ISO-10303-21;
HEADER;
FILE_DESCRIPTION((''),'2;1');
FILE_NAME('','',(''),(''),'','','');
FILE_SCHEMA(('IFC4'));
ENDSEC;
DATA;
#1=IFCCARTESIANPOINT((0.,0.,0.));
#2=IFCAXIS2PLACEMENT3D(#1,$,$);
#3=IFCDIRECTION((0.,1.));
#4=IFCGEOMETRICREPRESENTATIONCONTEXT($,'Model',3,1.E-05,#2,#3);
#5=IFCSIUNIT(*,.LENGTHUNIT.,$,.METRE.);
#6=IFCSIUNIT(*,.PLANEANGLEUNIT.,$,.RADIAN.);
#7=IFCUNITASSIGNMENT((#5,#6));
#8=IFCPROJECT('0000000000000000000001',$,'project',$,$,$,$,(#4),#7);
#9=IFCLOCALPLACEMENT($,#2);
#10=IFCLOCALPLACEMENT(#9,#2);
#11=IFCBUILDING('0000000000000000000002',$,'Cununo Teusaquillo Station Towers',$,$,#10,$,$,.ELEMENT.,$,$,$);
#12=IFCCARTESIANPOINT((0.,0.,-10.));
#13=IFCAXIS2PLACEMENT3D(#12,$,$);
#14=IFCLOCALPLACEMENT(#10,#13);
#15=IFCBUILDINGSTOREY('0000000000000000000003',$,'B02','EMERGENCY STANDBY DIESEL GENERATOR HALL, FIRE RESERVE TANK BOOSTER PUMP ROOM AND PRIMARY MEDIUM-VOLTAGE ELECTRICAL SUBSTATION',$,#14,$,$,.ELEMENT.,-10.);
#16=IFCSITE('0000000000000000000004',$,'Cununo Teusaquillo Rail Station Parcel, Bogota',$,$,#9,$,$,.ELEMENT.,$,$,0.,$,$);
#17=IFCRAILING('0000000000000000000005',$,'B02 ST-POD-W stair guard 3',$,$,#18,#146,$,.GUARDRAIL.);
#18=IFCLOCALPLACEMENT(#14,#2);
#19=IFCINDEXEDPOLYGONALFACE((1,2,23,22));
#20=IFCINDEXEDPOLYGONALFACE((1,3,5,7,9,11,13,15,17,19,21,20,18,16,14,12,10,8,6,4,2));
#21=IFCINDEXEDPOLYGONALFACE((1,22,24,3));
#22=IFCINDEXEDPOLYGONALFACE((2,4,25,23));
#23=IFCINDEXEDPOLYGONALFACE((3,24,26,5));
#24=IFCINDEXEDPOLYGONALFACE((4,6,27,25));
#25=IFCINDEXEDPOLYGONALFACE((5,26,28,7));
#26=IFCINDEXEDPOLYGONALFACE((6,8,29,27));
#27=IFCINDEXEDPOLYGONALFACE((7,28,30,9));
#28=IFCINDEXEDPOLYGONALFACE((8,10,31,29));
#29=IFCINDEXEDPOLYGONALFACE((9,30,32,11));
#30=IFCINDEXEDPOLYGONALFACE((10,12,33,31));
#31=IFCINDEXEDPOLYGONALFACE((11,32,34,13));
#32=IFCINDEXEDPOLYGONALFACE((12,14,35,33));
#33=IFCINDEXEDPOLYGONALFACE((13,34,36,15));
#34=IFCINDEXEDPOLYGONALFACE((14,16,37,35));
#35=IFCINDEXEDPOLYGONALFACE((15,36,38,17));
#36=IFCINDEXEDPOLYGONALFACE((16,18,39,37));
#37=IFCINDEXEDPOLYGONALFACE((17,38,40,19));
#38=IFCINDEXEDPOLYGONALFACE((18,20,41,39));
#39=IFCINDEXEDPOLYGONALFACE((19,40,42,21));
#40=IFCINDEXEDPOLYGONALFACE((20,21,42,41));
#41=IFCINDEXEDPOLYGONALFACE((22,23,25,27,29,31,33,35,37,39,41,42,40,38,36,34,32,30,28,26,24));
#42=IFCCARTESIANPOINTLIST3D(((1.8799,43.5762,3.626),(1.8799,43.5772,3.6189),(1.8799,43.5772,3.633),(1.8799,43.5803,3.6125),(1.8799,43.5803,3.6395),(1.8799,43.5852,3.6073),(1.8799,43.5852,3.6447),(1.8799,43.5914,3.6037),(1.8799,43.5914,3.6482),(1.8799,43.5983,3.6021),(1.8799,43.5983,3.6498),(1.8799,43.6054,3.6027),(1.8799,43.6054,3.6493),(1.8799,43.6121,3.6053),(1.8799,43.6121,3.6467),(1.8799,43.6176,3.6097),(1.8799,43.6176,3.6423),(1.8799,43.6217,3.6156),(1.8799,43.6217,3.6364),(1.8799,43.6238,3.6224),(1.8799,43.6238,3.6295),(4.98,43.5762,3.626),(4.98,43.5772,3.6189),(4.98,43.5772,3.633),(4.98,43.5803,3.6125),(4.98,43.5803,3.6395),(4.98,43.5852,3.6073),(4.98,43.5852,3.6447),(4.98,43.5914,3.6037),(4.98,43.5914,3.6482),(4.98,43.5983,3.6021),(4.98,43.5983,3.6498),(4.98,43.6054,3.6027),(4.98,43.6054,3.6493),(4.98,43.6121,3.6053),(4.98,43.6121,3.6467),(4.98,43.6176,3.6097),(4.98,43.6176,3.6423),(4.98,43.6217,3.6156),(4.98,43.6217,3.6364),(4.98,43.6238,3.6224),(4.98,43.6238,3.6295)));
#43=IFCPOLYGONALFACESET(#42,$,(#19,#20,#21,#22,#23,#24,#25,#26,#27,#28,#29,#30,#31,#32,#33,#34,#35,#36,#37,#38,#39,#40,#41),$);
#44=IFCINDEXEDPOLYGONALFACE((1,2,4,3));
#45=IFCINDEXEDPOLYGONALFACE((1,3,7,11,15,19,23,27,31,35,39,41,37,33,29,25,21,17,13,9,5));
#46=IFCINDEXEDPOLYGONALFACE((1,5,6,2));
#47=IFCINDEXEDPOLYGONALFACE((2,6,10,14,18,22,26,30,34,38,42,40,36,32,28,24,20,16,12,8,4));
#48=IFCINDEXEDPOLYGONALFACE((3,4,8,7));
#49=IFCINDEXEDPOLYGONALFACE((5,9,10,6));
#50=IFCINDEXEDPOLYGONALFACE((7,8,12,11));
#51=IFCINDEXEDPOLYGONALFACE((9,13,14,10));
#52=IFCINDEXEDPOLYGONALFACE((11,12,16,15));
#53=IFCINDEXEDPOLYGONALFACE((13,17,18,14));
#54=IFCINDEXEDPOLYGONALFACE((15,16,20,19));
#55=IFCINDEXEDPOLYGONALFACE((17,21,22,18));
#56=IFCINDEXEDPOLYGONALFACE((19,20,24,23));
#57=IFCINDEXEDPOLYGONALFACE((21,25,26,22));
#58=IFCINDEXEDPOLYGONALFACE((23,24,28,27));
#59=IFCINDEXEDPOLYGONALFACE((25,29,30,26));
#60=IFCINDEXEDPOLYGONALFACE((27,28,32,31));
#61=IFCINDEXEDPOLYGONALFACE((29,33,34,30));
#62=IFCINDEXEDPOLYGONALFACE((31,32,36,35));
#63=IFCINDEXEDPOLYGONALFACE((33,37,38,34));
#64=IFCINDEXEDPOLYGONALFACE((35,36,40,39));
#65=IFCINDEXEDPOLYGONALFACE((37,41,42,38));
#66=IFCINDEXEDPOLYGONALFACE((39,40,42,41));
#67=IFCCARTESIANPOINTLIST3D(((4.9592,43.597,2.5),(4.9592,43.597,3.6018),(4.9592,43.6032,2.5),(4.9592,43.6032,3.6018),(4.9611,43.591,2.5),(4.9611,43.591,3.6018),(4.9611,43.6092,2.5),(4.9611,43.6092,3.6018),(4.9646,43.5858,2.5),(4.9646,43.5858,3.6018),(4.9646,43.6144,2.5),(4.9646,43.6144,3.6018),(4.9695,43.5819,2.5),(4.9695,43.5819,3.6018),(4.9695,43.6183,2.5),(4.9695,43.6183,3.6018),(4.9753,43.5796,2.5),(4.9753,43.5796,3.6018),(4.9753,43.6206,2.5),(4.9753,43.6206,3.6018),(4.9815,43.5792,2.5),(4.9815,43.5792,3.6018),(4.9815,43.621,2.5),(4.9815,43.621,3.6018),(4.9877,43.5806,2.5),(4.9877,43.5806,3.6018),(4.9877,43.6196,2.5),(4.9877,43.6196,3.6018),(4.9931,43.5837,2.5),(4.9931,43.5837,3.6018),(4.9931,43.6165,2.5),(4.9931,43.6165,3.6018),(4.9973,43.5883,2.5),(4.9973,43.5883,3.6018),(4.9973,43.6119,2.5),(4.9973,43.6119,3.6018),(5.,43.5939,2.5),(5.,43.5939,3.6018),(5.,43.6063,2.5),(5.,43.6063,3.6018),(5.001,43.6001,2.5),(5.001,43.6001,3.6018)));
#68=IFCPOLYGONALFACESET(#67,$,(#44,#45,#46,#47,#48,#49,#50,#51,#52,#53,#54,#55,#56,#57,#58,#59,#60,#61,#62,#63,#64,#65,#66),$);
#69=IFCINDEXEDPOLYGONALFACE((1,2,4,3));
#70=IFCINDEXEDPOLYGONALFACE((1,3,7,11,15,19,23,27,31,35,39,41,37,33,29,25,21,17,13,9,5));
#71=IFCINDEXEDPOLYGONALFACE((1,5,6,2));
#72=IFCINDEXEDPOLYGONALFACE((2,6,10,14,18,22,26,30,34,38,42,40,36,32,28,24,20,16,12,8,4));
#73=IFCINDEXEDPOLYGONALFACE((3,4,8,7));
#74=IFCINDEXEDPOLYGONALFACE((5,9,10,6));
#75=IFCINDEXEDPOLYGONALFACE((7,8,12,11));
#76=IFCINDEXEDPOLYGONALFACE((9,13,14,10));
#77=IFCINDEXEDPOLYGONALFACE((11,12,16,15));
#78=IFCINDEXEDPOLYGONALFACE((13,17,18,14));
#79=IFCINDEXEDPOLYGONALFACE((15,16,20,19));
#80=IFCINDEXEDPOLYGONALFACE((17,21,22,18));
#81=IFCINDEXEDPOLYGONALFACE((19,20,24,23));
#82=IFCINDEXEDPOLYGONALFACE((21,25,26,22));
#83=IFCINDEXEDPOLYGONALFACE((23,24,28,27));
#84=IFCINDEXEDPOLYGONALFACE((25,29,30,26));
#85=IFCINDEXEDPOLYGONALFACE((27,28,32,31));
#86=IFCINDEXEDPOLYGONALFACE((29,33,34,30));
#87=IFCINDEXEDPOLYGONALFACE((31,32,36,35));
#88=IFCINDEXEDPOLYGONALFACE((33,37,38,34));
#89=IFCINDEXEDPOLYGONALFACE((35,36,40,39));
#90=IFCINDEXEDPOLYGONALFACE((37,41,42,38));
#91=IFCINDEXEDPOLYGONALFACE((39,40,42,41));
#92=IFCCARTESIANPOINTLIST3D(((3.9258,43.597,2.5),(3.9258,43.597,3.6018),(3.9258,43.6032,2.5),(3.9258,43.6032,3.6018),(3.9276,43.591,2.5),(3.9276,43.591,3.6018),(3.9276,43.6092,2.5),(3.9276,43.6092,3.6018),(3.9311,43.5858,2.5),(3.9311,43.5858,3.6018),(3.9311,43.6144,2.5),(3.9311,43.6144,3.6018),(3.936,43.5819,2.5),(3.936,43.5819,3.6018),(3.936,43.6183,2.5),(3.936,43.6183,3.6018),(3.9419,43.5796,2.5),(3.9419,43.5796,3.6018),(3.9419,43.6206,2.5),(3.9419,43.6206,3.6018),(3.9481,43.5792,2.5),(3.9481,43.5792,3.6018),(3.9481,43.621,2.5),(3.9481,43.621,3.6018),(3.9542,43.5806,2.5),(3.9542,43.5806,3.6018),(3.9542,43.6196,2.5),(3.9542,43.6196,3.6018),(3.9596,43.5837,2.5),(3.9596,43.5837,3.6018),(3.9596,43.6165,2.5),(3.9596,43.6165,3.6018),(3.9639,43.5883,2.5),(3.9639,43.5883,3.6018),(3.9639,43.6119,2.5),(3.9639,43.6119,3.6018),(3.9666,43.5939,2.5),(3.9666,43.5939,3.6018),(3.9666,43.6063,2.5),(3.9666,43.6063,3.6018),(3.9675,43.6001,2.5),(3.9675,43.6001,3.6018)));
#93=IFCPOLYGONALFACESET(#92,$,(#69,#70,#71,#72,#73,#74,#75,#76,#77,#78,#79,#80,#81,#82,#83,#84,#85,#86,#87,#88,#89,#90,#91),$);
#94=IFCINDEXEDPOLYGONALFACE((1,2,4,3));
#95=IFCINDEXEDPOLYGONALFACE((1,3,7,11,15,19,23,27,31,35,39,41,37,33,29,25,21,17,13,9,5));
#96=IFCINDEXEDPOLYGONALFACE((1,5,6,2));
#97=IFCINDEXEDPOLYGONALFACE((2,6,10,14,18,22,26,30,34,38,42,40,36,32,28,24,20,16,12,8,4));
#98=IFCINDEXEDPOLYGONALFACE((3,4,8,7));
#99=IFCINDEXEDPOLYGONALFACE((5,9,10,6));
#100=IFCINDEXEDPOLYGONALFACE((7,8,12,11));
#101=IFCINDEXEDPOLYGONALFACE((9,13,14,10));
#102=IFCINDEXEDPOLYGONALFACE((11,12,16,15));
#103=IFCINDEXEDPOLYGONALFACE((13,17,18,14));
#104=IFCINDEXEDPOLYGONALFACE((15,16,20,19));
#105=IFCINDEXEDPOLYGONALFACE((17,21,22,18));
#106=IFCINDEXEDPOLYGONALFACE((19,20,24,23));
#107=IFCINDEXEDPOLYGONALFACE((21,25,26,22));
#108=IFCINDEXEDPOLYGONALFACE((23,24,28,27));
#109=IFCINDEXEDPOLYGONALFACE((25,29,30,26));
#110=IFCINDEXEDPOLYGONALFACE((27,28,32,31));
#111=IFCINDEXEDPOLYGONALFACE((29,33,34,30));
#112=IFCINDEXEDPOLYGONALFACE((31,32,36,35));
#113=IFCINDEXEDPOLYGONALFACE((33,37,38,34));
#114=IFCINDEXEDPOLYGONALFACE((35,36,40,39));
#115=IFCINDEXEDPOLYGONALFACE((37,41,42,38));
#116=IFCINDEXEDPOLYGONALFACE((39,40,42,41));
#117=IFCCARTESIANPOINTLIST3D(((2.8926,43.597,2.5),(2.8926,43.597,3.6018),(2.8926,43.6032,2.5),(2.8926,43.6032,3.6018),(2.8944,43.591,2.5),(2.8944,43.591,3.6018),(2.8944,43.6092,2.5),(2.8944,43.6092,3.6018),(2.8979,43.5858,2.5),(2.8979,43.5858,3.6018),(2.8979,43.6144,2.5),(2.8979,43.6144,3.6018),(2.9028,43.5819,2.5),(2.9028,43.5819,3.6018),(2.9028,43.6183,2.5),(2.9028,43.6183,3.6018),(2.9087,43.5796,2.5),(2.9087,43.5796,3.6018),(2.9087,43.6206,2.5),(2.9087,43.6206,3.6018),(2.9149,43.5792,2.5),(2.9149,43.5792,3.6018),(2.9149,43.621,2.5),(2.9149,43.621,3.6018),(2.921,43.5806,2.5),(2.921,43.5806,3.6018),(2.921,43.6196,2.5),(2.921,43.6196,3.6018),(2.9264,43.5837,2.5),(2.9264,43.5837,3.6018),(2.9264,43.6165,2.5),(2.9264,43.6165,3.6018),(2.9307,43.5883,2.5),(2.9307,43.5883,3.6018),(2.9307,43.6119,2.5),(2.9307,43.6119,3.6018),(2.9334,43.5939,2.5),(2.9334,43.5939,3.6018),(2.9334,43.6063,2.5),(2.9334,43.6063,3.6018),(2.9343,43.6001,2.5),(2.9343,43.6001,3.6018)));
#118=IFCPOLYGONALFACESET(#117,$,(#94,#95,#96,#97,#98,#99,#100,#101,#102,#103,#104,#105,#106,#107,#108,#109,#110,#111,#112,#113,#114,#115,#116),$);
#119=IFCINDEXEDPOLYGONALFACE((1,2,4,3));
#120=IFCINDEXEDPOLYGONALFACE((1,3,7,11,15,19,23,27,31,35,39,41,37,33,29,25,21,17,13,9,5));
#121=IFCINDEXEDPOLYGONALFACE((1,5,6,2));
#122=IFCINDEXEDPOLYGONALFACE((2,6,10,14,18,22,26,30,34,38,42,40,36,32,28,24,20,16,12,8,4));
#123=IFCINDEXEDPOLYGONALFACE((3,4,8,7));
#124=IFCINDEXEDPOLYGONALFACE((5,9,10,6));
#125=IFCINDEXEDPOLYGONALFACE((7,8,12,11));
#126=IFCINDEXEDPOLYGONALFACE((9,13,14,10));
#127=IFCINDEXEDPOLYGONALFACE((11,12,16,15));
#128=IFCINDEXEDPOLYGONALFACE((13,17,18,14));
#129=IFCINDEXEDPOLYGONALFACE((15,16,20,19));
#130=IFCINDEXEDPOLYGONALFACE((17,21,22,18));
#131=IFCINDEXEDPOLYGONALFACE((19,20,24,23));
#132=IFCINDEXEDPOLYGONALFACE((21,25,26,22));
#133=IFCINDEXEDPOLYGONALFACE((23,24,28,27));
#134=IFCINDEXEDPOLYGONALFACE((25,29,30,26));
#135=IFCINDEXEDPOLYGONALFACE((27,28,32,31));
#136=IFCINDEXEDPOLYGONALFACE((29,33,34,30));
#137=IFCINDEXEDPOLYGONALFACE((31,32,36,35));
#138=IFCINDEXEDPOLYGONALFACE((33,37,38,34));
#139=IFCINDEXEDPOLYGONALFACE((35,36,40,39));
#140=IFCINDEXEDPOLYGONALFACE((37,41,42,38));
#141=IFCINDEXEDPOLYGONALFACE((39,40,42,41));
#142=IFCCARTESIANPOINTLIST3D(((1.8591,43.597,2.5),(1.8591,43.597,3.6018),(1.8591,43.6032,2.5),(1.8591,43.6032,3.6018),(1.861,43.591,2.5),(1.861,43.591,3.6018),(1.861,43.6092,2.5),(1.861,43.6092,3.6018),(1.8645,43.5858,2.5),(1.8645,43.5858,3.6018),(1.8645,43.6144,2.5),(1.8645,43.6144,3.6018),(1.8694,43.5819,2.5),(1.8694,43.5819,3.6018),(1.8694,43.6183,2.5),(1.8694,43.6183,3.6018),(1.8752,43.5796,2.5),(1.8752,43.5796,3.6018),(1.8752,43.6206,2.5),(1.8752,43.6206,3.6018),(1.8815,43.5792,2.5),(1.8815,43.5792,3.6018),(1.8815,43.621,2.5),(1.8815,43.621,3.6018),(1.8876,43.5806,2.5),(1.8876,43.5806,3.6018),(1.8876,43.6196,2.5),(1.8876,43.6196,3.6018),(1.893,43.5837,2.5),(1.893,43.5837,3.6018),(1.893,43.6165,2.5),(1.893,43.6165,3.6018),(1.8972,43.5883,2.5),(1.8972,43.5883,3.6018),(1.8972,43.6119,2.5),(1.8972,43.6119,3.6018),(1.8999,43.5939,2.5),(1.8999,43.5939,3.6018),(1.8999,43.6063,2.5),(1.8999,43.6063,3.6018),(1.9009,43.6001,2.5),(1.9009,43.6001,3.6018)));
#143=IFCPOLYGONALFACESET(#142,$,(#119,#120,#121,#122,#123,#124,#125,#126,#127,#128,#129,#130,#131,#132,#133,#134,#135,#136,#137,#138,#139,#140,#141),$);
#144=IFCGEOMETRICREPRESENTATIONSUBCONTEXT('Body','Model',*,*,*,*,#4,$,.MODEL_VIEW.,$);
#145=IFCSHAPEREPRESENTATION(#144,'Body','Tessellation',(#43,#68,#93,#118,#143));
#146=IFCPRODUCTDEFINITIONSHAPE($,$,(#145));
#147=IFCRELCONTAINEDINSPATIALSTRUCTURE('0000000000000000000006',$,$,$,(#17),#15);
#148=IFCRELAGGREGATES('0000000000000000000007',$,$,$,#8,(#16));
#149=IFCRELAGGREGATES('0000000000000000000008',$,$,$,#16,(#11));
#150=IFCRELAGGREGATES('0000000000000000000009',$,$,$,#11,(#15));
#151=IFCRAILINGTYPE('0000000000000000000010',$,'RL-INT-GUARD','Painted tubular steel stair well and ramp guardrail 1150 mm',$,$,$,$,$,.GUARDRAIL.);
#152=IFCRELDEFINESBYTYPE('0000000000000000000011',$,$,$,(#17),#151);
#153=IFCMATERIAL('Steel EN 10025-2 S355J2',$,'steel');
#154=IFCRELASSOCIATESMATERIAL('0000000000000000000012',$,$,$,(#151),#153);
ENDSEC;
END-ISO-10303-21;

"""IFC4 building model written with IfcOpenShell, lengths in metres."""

from ifc_helpers import new_model, si_unit, direction, frame, origin, origin_2d, place, context, subcontext, project, spatial, circle, extrude, material, type_object, element, save


model = new_model("IFC4")

# Units and contexts
model_context = context("Model", 3, precision=1e-05, world=origin(), true_north=direction((0.0, 1.0)))
body_context = subcontext(model_context, "Body", "Model", "MODEL_VIEW")
ifc_project = project(units=[si_unit("LENGTHUNIT", "METRE"), si_unit("PLANEANGLEUNIT", "RADIAN")], contexts=[model_context])

# Site, building, storey
site_placement = place(None, origin())
site = spatial("IfcSite", under=ifc_project, at=site_placement, Name="Cununo Teusaquillo Rail Station Parcel, Bogota", CompositionType="ELEMENT", RefElevation=0.0)
building_placement = place(site_placement, origin())
building = spatial("IfcBuilding", under=site, at=building_placement, Name="Cununo Teusaquillo Station Towers", CompositionType="ELEMENT")
storey_placement = place(building_placement, frame((0.0, 0.0, -10.0)))
storey = spatial("IfcBuildingStorey", under=building, at=storey_placement, Name="B02", Description="EMERGENCY STANDBY DIESEL GENERATOR HALL, FIRE RESERVE TANK BOOSTER PUMP ROOM AND PRIMARY MEDIUM-VOLTAGE ELECTRICAL SUBSTATION", CompositionType="ELEMENT", Elevation=-10.0)

# Railing
ifc_material_1 = material(Name="Steel EN 10025-2 S355J2", Category="steel")
railing_type_1 = type_object("IfcRailingType", Name="RL-INT-GUARD", Description="Painted tubular steel stair well and ramp guardrail 1150 mm", PredefinedType="GUARDRAIL", material=ifc_material_1)
railing_1_placement = place(storey_placement, frame((4.98, 43.6001, 2.5)))
element("IfcRailing", 1, at=railing_1_placement, inside=storey, type_object=railing_type_1, Name="B02 ST-POD-W stair guard 3", PredefinedType="GUARDRAIL", context=body_context, shape_type="SweptSolid", body=[
    extrude(circle(Radius=0.0239, at=origin_2d()), frame((0.0, 0.0, 1.126), z_axis=(-1.0, 0.0, 0.0), x_axis=(0.0, -1.0, 0.0)), (0.0, 0.0, 1.0), 3.1001),
    extrude(circle(Radius=0.021, at=origin_2d()), origin(), (0.0, 0.0, 1.0), 1.1018),
    extrude(circle(Radius=0.021, at=origin_2d()), frame((-1.0334, 0.0, 0.0)), (0.0, 0.0, 1.0), 1.1018),
    extrude(circle(Radius=0.021, at=origin_2d()), frame((-2.0667, 0.0, 0.0)), (0.0, 0.0, 1.0), 1.1018),
    extrude(circle(Radius=0.021, at=origin_2d()), frame((-3.1001, 0.0, 0.0)), (0.0, 0.0, 1.0), 1.1018),
])

save(model, "model.ifc")
